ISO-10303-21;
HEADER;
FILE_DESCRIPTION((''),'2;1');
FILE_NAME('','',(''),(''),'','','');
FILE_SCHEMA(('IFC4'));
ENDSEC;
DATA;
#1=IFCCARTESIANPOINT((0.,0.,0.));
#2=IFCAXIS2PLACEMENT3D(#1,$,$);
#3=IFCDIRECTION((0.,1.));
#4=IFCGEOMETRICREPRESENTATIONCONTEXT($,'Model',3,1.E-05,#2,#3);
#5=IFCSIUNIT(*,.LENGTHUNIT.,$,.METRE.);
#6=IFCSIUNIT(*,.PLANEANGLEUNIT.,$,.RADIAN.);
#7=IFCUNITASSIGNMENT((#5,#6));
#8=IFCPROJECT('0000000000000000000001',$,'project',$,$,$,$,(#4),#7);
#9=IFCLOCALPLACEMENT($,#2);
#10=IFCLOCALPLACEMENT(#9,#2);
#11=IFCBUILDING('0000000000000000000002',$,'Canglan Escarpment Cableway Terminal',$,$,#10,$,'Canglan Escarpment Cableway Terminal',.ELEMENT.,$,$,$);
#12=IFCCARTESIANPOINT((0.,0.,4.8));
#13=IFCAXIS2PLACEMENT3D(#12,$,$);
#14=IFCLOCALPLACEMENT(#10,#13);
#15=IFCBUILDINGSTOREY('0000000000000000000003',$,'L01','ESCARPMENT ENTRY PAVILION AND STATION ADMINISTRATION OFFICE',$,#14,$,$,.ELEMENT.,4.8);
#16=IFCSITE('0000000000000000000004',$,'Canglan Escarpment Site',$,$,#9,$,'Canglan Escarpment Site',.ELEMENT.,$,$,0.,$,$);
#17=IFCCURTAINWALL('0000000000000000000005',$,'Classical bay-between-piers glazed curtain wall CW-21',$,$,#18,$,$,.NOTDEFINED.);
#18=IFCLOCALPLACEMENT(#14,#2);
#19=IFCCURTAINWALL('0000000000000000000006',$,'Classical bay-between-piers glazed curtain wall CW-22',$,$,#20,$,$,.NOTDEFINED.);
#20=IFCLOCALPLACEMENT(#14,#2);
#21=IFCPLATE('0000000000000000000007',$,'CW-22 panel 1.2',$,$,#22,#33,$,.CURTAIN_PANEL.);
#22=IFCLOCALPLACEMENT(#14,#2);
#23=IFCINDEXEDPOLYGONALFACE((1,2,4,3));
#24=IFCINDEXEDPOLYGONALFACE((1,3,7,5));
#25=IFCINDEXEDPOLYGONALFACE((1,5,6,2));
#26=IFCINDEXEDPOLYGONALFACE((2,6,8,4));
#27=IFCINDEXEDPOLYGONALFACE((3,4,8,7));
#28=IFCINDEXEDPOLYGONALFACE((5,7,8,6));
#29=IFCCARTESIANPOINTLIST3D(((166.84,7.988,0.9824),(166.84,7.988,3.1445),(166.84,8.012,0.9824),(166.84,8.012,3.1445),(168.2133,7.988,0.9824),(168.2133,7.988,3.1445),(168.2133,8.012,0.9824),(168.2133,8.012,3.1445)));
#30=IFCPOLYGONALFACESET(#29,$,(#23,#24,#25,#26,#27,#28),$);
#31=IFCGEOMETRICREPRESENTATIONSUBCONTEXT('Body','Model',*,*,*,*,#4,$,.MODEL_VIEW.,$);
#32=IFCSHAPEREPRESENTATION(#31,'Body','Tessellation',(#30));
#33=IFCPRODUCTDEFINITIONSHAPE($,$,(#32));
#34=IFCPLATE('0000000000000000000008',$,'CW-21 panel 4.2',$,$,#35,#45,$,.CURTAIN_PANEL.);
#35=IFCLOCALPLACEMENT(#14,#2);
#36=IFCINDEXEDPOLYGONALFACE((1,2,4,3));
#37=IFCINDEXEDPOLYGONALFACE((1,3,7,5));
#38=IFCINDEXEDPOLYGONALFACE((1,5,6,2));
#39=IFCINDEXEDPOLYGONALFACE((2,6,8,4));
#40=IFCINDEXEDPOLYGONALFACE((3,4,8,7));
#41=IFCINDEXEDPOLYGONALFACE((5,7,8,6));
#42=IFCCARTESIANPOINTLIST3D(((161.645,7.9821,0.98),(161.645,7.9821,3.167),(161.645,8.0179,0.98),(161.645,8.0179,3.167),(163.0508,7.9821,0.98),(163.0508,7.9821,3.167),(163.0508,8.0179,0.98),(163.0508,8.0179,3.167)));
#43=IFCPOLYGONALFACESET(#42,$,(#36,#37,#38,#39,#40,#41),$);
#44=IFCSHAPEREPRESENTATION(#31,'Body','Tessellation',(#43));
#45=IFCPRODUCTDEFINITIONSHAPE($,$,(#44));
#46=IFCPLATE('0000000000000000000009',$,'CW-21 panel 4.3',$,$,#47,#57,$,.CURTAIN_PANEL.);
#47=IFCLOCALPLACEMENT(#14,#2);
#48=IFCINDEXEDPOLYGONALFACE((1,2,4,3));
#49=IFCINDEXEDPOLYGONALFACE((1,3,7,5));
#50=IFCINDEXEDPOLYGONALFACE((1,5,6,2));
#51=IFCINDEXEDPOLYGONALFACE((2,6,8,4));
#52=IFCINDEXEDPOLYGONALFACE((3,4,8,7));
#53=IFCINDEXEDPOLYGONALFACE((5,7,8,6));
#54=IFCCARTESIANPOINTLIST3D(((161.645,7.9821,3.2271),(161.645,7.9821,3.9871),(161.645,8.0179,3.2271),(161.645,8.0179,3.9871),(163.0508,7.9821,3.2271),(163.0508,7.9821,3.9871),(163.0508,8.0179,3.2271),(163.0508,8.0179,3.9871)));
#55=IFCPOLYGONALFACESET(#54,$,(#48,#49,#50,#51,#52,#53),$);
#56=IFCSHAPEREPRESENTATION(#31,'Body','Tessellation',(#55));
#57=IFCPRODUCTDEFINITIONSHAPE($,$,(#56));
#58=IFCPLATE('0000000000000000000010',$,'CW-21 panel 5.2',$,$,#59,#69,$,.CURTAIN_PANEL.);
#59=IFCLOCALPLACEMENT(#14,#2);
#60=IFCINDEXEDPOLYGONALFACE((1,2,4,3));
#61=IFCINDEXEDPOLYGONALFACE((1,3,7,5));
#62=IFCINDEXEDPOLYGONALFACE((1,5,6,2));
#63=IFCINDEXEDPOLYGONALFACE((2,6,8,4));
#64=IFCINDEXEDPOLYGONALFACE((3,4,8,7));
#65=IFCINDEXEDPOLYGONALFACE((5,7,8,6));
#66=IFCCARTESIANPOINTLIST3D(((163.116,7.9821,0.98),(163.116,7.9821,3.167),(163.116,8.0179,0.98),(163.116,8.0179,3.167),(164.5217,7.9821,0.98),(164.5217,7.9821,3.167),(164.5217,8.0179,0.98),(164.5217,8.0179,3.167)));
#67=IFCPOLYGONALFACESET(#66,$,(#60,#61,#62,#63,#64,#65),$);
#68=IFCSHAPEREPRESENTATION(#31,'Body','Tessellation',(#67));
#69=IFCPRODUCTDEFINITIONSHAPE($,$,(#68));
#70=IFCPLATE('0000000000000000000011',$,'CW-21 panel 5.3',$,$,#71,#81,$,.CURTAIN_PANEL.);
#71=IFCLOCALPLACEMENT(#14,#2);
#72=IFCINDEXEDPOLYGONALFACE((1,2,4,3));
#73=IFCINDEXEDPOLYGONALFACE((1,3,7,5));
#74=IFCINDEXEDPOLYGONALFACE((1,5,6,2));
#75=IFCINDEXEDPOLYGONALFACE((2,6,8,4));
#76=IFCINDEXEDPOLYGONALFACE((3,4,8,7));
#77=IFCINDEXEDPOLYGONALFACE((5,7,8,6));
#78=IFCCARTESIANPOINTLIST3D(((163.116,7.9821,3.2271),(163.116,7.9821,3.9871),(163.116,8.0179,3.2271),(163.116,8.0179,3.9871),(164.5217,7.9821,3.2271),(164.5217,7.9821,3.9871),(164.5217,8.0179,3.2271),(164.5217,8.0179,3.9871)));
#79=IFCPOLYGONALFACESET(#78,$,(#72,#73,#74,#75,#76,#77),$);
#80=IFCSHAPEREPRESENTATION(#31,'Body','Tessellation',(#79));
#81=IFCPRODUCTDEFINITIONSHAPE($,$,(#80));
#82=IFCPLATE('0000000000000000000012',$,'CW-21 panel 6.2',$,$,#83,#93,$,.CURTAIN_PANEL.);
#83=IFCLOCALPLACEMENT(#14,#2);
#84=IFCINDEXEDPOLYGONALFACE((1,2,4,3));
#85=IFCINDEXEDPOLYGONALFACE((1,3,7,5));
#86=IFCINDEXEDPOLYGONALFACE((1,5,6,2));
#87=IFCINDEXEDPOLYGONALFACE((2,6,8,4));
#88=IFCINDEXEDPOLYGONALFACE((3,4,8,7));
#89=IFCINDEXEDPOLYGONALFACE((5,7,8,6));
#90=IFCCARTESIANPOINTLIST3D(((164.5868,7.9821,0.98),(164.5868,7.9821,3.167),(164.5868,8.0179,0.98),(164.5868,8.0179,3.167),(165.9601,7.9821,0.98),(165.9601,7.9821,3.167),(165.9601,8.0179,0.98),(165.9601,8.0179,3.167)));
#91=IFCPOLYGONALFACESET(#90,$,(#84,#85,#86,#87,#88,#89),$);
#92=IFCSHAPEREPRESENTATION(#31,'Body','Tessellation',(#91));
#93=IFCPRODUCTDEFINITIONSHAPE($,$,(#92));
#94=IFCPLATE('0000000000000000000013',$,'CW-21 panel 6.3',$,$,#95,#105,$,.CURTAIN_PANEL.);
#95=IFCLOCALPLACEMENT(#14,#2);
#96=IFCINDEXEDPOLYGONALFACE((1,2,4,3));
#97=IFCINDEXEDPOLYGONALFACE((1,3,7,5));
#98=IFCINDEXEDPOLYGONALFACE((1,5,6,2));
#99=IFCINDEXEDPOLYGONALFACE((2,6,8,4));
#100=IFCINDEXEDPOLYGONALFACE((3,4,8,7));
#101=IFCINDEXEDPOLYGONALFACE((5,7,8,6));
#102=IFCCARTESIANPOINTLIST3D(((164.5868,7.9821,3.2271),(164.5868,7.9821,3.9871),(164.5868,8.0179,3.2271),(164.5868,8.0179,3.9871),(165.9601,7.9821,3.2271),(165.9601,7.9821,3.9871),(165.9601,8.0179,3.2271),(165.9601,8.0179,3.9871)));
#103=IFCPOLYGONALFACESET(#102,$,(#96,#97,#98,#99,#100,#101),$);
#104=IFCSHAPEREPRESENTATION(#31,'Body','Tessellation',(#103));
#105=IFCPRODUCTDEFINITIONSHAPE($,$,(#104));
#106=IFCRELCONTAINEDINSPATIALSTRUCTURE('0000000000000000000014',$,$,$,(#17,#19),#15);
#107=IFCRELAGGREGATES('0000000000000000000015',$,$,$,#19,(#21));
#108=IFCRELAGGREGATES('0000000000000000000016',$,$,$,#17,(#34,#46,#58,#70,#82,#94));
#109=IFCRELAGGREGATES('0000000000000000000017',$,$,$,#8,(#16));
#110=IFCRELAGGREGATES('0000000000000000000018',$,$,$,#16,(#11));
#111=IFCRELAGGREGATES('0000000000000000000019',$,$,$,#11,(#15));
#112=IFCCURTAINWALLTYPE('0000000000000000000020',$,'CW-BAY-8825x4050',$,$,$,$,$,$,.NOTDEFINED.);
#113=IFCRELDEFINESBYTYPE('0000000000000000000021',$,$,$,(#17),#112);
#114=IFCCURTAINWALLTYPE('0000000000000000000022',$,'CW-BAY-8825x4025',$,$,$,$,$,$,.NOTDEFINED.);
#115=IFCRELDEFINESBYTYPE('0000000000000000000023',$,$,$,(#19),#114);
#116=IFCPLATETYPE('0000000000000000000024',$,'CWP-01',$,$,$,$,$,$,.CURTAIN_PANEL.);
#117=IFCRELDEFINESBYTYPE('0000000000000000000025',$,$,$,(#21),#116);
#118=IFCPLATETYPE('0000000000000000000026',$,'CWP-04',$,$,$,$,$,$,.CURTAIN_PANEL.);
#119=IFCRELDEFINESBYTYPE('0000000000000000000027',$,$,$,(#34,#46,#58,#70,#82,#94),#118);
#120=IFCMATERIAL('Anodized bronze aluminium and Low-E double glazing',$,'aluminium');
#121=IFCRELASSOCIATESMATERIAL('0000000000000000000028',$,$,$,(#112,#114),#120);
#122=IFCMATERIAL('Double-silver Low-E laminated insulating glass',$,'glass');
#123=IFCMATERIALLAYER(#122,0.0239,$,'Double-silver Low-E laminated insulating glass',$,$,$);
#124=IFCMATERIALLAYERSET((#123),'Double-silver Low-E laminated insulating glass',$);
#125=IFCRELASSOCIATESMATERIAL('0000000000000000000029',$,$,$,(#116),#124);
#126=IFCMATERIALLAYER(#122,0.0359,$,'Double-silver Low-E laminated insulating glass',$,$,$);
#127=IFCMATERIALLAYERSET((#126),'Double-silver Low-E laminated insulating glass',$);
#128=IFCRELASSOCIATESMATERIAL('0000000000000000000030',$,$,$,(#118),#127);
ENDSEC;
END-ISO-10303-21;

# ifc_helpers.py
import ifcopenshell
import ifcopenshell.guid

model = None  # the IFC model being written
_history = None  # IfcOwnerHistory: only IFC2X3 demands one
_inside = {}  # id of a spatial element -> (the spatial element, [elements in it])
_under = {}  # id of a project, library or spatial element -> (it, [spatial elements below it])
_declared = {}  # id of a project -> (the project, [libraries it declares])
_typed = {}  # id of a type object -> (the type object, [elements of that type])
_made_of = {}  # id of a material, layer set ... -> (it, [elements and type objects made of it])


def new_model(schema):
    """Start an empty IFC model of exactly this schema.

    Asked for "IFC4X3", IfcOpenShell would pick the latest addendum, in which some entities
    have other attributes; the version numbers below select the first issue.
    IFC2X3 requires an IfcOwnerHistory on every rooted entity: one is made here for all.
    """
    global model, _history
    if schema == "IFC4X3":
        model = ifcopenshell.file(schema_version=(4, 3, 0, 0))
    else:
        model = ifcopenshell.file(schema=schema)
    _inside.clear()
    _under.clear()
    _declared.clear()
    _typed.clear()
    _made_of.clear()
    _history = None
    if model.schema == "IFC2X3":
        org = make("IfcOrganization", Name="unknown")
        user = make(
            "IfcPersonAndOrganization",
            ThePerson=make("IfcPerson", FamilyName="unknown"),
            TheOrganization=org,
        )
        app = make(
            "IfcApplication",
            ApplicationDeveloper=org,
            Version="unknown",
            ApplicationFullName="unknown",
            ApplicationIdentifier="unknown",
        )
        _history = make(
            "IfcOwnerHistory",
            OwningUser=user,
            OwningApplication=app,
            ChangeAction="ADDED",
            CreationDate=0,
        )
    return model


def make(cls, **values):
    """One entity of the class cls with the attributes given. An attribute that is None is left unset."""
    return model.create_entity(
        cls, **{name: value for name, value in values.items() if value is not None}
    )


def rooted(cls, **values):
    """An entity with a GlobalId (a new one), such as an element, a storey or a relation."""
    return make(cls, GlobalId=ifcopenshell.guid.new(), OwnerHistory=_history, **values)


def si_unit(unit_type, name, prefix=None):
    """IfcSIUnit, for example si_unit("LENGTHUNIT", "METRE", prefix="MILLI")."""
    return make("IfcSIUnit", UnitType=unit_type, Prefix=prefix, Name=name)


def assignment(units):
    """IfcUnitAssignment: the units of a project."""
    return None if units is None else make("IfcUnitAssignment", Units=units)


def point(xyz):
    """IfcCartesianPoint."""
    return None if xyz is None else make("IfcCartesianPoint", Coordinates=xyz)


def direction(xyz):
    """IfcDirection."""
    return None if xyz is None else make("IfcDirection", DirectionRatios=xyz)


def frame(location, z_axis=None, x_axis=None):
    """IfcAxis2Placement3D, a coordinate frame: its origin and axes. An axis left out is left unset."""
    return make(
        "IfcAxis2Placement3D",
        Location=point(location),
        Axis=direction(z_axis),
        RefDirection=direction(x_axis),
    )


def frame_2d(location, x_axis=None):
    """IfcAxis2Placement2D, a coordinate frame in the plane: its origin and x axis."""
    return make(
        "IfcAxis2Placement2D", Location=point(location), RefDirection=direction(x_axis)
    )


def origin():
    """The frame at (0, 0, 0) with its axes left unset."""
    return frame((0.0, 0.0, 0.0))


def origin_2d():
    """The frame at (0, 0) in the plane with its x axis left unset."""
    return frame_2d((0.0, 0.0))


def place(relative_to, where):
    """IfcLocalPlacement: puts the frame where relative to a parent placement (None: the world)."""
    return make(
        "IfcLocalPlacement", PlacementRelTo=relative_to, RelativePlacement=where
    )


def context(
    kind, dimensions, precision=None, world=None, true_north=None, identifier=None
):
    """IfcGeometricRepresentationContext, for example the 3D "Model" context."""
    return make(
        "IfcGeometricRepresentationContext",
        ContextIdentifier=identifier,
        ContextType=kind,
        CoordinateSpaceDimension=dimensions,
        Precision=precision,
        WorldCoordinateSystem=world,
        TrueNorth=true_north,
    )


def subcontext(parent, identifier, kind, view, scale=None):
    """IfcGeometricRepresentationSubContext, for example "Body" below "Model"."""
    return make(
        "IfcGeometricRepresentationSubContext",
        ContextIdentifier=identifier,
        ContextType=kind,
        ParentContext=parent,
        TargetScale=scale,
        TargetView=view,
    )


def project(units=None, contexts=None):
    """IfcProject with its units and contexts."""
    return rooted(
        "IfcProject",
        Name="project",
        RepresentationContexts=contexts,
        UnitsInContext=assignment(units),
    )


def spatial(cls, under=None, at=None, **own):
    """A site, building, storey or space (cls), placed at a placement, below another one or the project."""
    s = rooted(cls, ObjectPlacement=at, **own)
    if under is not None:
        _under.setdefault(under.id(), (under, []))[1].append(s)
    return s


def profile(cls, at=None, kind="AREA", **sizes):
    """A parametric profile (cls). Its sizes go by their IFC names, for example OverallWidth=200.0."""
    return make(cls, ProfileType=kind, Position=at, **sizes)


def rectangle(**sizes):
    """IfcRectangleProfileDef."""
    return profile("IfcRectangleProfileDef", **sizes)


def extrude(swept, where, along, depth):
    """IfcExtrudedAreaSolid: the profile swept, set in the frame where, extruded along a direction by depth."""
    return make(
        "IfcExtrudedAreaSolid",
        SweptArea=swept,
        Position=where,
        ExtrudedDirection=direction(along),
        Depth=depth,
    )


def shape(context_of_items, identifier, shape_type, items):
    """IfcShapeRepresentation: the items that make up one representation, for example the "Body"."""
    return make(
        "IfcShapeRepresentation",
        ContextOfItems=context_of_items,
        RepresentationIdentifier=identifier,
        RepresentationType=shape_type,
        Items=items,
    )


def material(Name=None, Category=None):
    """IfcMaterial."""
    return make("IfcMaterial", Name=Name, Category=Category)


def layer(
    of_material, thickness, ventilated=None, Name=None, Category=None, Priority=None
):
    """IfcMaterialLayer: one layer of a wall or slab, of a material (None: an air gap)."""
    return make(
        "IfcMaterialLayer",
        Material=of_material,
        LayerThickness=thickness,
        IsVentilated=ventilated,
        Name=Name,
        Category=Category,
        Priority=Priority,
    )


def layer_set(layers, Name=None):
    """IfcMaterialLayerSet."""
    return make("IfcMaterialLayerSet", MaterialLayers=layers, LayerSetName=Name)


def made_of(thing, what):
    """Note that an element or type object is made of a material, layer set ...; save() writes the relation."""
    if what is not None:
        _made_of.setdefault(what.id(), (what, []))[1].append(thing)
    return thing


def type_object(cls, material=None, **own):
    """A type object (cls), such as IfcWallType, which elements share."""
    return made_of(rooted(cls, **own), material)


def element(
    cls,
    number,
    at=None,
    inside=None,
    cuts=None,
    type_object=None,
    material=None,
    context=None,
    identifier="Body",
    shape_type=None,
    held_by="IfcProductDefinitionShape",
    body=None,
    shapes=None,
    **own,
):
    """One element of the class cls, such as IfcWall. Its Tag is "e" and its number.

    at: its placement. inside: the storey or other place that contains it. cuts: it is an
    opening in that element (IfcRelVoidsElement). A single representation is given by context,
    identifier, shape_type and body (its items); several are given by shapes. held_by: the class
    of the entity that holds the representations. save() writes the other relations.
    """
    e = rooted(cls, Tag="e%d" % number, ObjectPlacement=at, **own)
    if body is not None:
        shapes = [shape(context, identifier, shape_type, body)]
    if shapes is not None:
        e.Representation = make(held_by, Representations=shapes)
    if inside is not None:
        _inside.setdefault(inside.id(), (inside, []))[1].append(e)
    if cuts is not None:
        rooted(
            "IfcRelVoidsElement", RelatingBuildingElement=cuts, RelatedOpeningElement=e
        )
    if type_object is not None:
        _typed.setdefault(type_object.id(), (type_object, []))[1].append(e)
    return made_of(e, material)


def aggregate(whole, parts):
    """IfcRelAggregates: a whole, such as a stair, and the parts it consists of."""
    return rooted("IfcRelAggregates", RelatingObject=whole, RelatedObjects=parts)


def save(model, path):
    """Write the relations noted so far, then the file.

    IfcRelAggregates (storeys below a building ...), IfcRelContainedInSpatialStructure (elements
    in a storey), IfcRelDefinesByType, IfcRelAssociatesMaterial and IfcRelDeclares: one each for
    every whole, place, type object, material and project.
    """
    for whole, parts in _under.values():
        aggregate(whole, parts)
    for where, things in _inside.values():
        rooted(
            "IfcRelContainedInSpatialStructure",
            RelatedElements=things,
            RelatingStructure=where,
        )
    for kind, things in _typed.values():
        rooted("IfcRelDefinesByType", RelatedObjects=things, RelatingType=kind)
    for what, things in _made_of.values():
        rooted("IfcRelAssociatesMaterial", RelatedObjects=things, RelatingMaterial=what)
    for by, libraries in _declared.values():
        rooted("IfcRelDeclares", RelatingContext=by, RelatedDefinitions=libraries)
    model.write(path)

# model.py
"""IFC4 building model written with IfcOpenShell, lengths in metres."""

from ifc_helpers import new_model, si_unit, direction, frame, origin, origin_2d, place, context, subcontext, project, spatial, rectangle, extrude, material, layer, layer_set, type_object, element, aggregate, save


model = new_model("IFC4")

# Units and contexts
model_context = context("Model", 3, precision=1e-05, world=origin(), true_north=direction((0.0, 1.0)))
body_context = subcontext(model_context, "Body", "Model", "MODEL_VIEW")
ifc_project = project(units=[si_unit("LENGTHUNIT", "METRE"), si_unit("PLANEANGLEUNIT", "RADIAN")], contexts=[model_context])

# Site, building, storey
site_placement = place(None, origin())
site = spatial("IfcSite", under=ifc_project, at=site_placement, Name="Canglan Escarpment Site", LongName="Canglan Escarpment Site", CompositionType="ELEMENT", RefElevation=0.0)
building_placement = place(site_placement, origin())
building = spatial("IfcBuilding", under=site, at=building_placement, Name="Canglan Escarpment Cableway Terminal", LongName="Canglan Escarpment Cableway Terminal", CompositionType="ELEMENT")
storey_placement = place(building_placement, frame((0.0, 0.0, 4.8)))
storey = spatial("IfcBuildingStorey", under=building, at=storey_placement, Name="L01", Description="ESCARPMENT ENTRY PAVILION AND STATION ADMINISTRATION OFFICE", CompositionType="ELEMENT", Elevation=4.8)

# Curtain walls
ifc_material_1 = material(Name="Anodized bronze aluminium and Low-E double glazing", Category="aluminium")
curtain_wall_type_1 = type_object("IfcCurtainWallType", Name="CW-BAY-8825x4050", PredefinedType="NOTDEFINED", material=ifc_material_1)
curtain_wall_1_placement = place(storey_placement, origin())
curtain_wall_1 = element("IfcCurtainWall", 1, at=curtain_wall_1_placement, inside=storey, type_object=curtain_wall_type_1, Name="Classical bay-between-piers glazed curtain wall CW-21", PredefinedType="NOTDEFINED")
curtain_wall_type_2 = type_object("IfcCurtainWallType", Name="CW-BAY-8825x4025", PredefinedType="NOTDEFINED", material=ifc_material_1)
curtain_wall_2_placement = place(storey_placement, origin())
curtain_wall_2 = element("IfcCurtainWall", 2, at=curtain_wall_2_placement, inside=storey, type_object=curtain_wall_type_2, Name="Classical bay-between-piers glazed curtain wall CW-22", PredefinedType="NOTDEFINED")

# Plates
ifc_material_2 = material(Name="Double-silver Low-E laminated insulating glass", Category="glass")
ifc_layer_1 = layer(ifc_material_2, 0.0239, Name="Double-silver Low-E laminated insulating glass")
ifc_layer_set_1 = layer_set([ifc_layer_1], Name="Double-silver Low-E laminated insulating glass")
plate_type_1 = type_object("IfcPlateType", Name="CWP-01", PredefinedType="CURTAIN_PANEL", material=ifc_layer_set_1)
plate_1_placement = place(storey_placement, frame((167.5266, 8.0, 0.9824), z_axis=(0.0, 0.0, 1.0), x_axis=(1.0, 0.0, 0.0)))
plate_1 = element("IfcPlate", 3, at=plate_1_placement, type_object=plate_type_1, Name="CW-22 panel 1.2", PredefinedType="CURTAIN_PANEL", context=body_context, shape_type="SweptSolid", body=[
    extrude(rectangle(XDim=1.3733, YDim=0.0239, at=origin_2d()), origin(), (0.0, 0.0, 1.0), 2.1621),
])
aggregate(curtain_wall_2, [plate_1])
ifc_layer_2 = layer(ifc_material_2, 0.0359, Name="Double-silver Low-E laminated insulating glass")
ifc_layer_set_2 = layer_set([ifc_layer_2], Name="Double-silver Low-E laminated insulating glass")
plate_type_2 = type_object("IfcPlateType", Name="CWP-04", PredefinedType="CURTAIN_PANEL", material=ifc_layer_set_2)
plate_2_placement = place(storey_placement, frame((162.3479, 8.0, 0.98), z_axis=(0.0, 0.0, 1.0), x_axis=(1.0, 0.0, 0.0)))
plate_2 = element("IfcPlate", 4, at=plate_2_placement, type_object=plate_type_2, Name="CW-21 panel 4.2", PredefinedType="CURTAIN_PANEL", context=body_context, shape_type="SweptSolid", body=[
    extrude(rectangle(XDim=1.4058, YDim=0.0359, at=origin_2d()), origin(), (0.0, 0.0, 1.0), 2.187),
])
plate_3_placement = place(storey_placement, frame((162.3479, 8.0, 3.2271), z_axis=(0.0, 0.0, 1.0), x_axis=(1.0, 0.0, 0.0)))
plate_3 = element("IfcPlate", 5, at=plate_3_placement, type_object=plate_type_2, Name="CW-21 panel 4.3", PredefinedType="CURTAIN_PANEL", context=body_context, shape_type="SweptSolid", body=[
    extrude(rectangle(XDim=1.4058, YDim=0.0359, at=origin_2d()), origin(), (0.0, 0.0, 1.0), 0.76),
])
plate_4_placement = place(storey_placement, frame((163.8188, 8.0, 0.98), z_axis=(0.0, 0.0, 1.0), x_axis=(1.0, 0.0, 0.0)))
plate_4 = element("IfcPlate", 6, at=plate_4_placement, type_object=plate_type_2, Name="CW-21 panel 5.2", PredefinedType="CURTAIN_PANEL", context=body_context, shape_type="SweptSolid", body=[
    extrude(rectangle(XDim=1.4058, YDim=0.0359, at=origin_2d()), origin(), (0.0, 0.0, 1.0), 2.187),
])
plate_5_placement = place(storey_placement, frame((163.8188, 8.0, 3.2271), z_axis=(0.0, 0.0, 1.0), x_axis=(1.0, 0.0, 0.0)))
plate_5 = element("IfcPlate", 7, at=plate_5_placement, type_object=plate_type_2, Name="CW-21 panel 5.3", PredefinedType="CURTAIN_PANEL", context=body_context, shape_type="SweptSolid", body=[
    extrude(rectangle(XDim=1.4058, YDim=0.0359, at=origin_2d()), origin(), (0.0, 0.0, 1.0), 0.76),
])
plate_6_placement = place(storey_placement, frame((165.2734, 8.0, 0.98), z_axis=(0.0, 0.0, 1.0), x_axis=(1.0, 0.0, 0.0)))
plate_6 = element("IfcPlate", 8, at=plate_6_placement, type_object=plate_type_2, Name="CW-21 panel 6.2", PredefinedType="CURTAIN_PANEL", context=body_context, shape_type="SweptSolid", body=[
    extrude(rectangle(XDim=1.3733, YDim=0.0359, at=origin_2d()), origin(), (0.0, 0.0, 1.0), 2.187),
])
plate_7_placement = place(storey_placement, frame((165.2734, 8.0, 3.2271), z_axis=(0.0, 0.0, 1.0), x_axis=(1.0, 0.0, 0.0)))
plate_7 = element("IfcPlate", 9, at=plate_7_placement, type_object=plate_type_2, Name="CW-21 panel 6.3", PredefinedType="CURTAIN_PANEL", context=body_context, shape_type="SweptSolid", body=[
    extrude(rectangle(XDim=1.3733, YDim=0.0359, at=origin_2d()), origin(), (0.0, 0.0, 1.0), 0.76),
])
aggregate(curtain_wall_1, [plate_2, plate_3, plate_4, plate_5, plate_6, plate_7])

save(model, "model.ifc")
